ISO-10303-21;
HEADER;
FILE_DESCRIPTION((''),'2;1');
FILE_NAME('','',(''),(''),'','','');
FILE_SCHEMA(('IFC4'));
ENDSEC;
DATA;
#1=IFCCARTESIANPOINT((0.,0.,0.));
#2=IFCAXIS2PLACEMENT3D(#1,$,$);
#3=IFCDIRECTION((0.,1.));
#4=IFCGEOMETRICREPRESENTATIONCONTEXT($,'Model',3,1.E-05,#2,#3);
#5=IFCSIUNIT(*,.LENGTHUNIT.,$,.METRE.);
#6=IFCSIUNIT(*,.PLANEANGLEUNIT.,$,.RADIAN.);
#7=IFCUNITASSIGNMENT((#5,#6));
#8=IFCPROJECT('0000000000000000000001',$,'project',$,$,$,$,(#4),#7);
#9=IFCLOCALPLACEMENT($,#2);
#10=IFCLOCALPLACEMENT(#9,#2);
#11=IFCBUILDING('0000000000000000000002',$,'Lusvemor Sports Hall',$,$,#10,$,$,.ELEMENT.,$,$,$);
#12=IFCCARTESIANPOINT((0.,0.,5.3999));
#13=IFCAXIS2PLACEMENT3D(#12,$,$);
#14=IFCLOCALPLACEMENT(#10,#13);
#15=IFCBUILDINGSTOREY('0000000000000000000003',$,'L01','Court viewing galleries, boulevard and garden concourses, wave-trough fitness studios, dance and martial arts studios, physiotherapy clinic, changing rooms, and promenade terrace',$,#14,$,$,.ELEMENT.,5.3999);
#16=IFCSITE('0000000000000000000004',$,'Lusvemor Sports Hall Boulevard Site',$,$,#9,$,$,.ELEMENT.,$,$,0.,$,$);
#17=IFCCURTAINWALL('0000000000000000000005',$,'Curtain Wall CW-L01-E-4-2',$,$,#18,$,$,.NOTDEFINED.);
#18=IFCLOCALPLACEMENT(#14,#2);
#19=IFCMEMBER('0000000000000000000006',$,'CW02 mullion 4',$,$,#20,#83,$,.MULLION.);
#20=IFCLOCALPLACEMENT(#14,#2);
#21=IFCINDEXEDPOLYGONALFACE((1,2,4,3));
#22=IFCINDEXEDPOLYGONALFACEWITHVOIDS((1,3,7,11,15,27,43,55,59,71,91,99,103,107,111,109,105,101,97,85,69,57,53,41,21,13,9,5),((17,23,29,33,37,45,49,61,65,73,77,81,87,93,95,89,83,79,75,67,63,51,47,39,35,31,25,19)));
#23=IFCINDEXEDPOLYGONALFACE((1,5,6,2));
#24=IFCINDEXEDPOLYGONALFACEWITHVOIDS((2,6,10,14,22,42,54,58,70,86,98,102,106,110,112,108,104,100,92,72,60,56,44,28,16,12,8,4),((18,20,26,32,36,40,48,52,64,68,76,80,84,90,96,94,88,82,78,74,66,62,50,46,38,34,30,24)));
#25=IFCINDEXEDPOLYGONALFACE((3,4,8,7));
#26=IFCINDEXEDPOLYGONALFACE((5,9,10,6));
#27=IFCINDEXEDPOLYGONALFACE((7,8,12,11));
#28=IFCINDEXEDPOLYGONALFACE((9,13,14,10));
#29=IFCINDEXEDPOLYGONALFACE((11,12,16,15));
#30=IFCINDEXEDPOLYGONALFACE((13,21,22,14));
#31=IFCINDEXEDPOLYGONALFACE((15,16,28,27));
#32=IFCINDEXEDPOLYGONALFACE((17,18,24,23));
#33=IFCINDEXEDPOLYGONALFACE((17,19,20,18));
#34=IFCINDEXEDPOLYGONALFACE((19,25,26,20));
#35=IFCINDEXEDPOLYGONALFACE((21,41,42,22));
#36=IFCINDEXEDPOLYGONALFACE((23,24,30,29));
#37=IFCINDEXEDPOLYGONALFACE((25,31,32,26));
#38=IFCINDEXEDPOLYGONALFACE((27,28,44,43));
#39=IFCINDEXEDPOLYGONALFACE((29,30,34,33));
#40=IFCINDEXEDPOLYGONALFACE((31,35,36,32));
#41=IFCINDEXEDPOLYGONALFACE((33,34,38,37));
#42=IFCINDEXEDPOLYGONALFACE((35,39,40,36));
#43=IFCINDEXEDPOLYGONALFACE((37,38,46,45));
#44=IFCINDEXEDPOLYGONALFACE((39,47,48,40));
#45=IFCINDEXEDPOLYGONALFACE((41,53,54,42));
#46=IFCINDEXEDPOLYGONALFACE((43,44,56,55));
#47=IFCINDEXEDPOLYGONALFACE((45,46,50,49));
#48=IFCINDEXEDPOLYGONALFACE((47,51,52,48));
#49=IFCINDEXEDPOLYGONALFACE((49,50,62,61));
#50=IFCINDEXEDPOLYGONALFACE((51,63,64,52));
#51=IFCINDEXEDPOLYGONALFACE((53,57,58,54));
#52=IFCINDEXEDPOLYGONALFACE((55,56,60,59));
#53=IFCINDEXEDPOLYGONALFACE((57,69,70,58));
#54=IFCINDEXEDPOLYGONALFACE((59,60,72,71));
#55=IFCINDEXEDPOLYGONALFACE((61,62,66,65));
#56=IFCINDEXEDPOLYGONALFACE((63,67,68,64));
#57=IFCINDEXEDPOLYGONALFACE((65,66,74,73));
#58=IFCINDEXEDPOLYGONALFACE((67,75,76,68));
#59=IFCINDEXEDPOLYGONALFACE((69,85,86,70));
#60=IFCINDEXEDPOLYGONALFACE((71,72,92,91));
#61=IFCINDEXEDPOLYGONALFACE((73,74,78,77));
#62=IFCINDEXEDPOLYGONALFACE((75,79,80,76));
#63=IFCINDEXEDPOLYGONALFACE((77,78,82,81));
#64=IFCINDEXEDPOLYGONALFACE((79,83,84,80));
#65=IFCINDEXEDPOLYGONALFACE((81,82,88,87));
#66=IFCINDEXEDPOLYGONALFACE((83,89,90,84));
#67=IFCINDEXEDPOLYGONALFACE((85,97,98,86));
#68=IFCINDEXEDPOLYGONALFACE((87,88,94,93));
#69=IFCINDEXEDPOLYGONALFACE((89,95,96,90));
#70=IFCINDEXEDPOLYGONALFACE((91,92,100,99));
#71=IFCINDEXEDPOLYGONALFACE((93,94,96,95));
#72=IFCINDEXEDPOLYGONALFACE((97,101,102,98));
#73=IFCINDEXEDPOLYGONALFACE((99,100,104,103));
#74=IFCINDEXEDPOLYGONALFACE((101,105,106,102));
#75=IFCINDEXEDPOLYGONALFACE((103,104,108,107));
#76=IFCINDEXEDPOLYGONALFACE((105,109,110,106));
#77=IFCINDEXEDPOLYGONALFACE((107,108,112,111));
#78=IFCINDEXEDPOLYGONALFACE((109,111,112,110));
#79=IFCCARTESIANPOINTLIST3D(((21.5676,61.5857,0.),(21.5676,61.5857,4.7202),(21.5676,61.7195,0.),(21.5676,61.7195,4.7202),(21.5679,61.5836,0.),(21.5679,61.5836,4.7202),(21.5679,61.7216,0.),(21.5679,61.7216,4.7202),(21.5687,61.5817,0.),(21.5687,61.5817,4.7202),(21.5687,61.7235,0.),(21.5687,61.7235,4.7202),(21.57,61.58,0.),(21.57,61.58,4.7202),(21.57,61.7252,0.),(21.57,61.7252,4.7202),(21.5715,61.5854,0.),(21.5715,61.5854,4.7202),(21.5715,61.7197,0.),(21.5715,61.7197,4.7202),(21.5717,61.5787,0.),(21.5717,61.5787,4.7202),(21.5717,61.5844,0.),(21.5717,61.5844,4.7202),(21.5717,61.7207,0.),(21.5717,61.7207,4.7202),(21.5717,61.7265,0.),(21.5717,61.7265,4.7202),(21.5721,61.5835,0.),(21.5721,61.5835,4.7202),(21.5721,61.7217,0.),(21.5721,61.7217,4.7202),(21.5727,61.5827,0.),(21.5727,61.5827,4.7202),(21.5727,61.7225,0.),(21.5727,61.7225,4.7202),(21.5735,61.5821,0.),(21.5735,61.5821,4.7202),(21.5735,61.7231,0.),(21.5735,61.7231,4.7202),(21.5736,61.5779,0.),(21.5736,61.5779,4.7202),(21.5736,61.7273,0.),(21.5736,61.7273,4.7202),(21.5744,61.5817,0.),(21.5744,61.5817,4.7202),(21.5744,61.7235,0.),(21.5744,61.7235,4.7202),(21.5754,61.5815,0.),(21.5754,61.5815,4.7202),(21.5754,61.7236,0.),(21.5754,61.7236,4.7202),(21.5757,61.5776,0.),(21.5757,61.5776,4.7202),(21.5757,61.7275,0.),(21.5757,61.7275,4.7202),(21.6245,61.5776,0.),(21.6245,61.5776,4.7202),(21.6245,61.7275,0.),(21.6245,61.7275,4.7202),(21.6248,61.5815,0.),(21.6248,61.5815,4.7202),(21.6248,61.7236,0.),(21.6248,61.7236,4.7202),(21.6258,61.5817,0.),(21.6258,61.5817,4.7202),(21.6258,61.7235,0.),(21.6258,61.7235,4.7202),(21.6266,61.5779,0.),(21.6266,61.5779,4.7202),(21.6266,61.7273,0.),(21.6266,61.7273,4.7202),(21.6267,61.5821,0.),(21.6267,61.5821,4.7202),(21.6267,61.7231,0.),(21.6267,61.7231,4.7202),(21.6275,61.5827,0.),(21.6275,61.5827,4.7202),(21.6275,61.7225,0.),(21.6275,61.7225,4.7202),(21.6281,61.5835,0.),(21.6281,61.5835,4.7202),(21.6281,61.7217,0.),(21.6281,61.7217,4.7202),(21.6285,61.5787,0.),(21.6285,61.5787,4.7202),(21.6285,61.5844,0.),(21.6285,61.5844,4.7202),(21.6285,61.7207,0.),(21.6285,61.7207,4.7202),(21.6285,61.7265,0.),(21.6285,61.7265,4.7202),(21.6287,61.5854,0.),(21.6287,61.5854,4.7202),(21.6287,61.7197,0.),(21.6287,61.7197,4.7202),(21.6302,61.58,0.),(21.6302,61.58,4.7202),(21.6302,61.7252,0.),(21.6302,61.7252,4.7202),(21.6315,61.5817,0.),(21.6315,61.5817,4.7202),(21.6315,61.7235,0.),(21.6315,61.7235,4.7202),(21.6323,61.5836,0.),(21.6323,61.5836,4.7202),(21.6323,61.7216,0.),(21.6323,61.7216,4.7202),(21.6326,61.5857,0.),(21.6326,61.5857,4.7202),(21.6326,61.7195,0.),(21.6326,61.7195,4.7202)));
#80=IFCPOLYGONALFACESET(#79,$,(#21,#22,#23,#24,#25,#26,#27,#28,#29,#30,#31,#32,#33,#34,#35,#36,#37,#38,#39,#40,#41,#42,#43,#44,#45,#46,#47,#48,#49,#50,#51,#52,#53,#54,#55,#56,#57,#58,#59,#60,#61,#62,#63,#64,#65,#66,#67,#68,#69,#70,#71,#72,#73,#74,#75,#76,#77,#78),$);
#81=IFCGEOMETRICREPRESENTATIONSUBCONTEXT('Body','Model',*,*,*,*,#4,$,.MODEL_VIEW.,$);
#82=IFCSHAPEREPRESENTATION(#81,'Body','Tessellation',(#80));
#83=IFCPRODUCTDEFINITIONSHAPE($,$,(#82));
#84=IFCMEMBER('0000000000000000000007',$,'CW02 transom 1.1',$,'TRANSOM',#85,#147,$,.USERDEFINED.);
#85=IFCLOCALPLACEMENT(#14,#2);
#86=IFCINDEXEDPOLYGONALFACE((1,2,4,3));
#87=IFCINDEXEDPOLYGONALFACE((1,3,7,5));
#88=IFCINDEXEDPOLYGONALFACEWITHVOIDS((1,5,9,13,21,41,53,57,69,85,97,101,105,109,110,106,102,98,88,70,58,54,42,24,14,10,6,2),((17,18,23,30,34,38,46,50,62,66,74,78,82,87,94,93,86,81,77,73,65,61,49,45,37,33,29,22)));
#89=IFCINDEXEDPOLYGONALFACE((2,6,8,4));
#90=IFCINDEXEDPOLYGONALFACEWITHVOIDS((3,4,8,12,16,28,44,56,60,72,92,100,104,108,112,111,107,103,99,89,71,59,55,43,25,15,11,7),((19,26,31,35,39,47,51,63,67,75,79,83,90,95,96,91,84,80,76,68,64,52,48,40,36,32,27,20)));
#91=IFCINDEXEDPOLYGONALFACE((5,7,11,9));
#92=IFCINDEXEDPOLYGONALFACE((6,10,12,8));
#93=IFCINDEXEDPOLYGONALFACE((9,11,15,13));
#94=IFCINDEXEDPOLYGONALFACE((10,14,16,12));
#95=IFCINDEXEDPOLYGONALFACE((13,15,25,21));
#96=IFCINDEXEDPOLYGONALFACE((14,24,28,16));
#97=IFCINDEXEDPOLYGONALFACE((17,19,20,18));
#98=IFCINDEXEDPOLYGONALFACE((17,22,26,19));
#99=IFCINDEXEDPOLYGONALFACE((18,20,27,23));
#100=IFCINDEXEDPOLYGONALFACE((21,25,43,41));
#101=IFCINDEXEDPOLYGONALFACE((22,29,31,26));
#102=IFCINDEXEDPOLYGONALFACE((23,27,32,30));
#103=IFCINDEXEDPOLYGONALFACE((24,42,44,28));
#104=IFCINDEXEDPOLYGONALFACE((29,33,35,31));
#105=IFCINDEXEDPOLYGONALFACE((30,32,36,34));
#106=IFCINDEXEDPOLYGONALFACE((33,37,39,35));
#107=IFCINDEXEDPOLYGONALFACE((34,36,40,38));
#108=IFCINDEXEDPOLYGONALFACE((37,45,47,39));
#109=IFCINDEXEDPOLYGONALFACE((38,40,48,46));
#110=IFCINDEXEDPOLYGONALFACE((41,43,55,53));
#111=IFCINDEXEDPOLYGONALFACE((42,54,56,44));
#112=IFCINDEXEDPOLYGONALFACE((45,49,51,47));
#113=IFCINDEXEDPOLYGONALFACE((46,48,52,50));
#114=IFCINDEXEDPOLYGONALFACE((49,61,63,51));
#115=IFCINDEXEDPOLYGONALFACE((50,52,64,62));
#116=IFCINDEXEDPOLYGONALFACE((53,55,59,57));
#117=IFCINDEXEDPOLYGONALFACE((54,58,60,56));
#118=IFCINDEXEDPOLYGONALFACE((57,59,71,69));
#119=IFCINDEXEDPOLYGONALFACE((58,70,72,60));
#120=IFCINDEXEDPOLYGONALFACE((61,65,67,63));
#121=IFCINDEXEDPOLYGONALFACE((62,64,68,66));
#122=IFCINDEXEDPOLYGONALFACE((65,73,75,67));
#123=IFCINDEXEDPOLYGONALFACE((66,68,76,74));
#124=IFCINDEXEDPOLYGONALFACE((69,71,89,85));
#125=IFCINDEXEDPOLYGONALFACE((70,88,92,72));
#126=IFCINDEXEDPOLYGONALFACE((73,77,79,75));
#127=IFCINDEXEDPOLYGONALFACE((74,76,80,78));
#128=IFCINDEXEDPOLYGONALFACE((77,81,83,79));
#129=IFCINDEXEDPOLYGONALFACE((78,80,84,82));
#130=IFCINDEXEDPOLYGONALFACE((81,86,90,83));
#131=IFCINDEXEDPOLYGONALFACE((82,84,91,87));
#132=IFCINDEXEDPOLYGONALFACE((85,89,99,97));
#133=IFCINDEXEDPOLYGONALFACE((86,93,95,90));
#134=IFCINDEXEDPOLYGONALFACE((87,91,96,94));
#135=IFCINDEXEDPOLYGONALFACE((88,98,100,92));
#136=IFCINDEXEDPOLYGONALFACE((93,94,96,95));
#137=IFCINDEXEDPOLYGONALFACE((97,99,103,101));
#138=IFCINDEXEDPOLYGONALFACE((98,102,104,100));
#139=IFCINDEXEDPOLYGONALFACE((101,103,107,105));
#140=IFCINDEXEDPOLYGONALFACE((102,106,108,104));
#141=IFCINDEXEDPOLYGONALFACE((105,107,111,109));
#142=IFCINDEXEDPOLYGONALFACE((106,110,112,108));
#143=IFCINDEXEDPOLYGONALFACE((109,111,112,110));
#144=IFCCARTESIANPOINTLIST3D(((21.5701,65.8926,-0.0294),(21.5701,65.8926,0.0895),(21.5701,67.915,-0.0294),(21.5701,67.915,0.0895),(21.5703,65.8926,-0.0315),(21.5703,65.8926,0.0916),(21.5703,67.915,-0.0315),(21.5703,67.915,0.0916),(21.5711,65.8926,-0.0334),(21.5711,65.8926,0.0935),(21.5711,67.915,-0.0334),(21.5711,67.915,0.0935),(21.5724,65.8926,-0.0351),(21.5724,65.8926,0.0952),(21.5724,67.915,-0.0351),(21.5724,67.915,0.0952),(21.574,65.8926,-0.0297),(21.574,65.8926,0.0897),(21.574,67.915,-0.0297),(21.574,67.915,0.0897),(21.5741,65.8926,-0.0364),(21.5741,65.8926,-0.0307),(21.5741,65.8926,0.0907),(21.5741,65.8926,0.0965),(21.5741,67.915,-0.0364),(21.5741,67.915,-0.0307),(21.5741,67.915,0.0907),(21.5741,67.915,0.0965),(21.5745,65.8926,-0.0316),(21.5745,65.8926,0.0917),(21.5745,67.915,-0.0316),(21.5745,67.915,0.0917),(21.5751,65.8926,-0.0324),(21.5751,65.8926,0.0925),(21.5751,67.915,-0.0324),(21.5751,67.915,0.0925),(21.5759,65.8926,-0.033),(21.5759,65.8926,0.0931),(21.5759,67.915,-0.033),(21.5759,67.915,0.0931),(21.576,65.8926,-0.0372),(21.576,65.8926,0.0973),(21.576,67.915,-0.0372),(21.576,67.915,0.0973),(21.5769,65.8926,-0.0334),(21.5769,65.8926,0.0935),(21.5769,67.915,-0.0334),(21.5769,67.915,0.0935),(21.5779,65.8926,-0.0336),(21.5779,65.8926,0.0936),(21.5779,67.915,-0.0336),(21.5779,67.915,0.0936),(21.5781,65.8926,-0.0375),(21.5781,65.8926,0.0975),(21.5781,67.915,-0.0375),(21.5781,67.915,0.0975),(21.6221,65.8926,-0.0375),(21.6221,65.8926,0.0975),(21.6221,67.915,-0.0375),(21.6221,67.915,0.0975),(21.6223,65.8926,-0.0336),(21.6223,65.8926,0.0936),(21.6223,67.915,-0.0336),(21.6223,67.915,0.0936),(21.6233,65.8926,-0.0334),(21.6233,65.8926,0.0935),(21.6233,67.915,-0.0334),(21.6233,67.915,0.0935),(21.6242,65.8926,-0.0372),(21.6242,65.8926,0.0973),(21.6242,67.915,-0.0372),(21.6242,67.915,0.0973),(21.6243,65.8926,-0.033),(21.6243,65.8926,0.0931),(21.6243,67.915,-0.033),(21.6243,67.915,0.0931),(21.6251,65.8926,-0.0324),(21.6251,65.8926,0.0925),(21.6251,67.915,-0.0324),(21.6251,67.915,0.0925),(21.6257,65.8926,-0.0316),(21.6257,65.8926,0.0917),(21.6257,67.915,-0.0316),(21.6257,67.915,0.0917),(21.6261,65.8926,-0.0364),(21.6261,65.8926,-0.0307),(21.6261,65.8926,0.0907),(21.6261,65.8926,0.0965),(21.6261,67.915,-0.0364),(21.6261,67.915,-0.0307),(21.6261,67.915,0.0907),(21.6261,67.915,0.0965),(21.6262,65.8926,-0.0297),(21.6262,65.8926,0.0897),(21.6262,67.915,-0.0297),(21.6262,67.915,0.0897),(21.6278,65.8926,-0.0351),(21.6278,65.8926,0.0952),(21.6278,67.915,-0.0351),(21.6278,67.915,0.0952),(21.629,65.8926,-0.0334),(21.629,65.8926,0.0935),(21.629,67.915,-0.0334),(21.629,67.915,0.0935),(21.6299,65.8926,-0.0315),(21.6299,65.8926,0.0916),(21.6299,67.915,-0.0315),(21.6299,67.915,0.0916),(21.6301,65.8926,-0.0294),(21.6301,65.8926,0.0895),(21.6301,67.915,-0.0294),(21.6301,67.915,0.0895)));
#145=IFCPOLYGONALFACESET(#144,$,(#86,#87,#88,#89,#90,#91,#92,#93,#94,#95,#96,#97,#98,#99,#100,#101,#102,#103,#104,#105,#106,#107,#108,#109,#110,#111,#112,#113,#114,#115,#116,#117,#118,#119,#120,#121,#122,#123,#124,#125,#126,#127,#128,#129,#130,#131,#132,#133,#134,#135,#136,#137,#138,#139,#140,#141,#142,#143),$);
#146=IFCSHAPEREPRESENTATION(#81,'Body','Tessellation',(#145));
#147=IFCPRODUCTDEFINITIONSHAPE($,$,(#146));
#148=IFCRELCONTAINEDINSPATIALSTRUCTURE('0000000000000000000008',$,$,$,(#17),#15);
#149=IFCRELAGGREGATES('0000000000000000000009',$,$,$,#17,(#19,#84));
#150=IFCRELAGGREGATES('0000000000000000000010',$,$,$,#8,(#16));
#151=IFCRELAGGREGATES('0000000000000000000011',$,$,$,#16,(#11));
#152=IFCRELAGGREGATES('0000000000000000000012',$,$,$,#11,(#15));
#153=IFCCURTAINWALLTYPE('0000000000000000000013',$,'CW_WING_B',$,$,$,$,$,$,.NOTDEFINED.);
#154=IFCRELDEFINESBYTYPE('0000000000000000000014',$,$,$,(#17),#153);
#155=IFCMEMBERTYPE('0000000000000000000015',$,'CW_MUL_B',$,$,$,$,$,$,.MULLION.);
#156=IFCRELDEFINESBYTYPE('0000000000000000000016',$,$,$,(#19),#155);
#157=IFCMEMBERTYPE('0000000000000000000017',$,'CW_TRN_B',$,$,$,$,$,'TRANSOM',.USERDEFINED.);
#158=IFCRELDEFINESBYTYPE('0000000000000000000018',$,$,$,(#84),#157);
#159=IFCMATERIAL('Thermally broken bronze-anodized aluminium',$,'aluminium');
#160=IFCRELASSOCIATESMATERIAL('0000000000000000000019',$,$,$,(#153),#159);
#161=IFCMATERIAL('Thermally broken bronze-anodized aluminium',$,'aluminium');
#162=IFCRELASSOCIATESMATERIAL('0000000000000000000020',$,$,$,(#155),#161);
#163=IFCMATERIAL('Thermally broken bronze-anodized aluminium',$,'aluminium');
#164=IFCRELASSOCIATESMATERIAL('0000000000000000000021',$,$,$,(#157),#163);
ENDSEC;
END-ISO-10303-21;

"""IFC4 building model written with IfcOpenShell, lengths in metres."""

from ifc_helpers import new_model, si_unit, direction, frame, origin, origin_2d, place, context, subcontext, project, spatial, hollow_rectangle, extrude, material, material_profile, profile_set, type_object, element, aggregate, save


model = new_model("IFC4")

# Units and contexts
model_context = context("Model", 3, precision=1e-05, world=origin(), true_north=direction((0.0, 1.0)))
body_context = subcontext(model_context, "Body", "Model", "MODEL_VIEW")
ifc_project = project(units=[si_unit("LENGTHUNIT", "METRE"), si_unit("PLANEANGLEUNIT", "RADIAN")], contexts=[model_context])

# Site, building, storey
site_placement = place(None, origin())
site = spatial("IfcSite", under=ifc_project, at=site_placement, Name="Lusvemor Sports Hall Boulevard Site", CompositionType="ELEMENT", RefElevation=0.0)
building_placement = place(site_placement, origin())
building = spatial("IfcBuilding", under=site, at=building_placement, Name="Lusvemor Sports Hall", CompositionType="ELEMENT")
storey_placement = place(building_placement, frame((0.0, 0.0, 5.3999)))
storey = spatial("IfcBuildingStorey", under=building, at=storey_placement, Name="L01", Description="Court viewing galleries, boulevard and garden concourses, wave-trough fitness studios, dance and martial arts studios, physiotherapy clinic, changing rooms, and promenade terrace", CompositionType="ELEMENT", Elevation=5.3999)

# Curtain wall, members
ifc_material_1 = material(Name="Thermally broken bronze-anodized aluminium", Category="aluminium")
curtain_wall_type = type_object("IfcCurtainWallType", Name="CW_WING_B", PredefinedType="NOTDEFINED", material=ifc_material_1)
curtain_wall_placement = place(storey_placement, origin())
curtain_wall = element("IfcCurtainWall", 1, at=curtain_wall_placement, inside=storey, type_object=curtain_wall_type, Name="Curtain Wall CW-L01-E-4-2", PredefinedType="NOTDEFINED")
ifc_material_2 = material(Name="Thermally broken bronze-anodized aluminium", Category="aluminium")
ifc_material_profile_1 = material_profile(ifc_material_2, hollow_rectangle(XDim=0.0649, YDim=0.1499, WallThickness=0.0039, InnerFilletRadius=0.0039, OuterFilletRadius=0.0081, at=origin_2d()), Name="CWMUL150x65x4")
ifc_profile_set_1 = profile_set([ifc_material_profile_1], Name="Thermally broken bronze-anodized aluminium")
member_type_1 = type_object("IfcMemberType", Name="CW_MUL_B", PredefinedType="MULLION", material=ifc_profile_set_1)
member_1_placement = place(storey_placement, frame((21.6001, 61.6526, 0.0), z_axis=(0.0, 0.0, 1.0), x_axis=(1.0, 0.0, 0.0)))
member_1 = element("IfcMember", 2, at=member_1_placement, type_object=member_type_1, Name="CW02 mullion 4", PredefinedType="MULLION", context=body_context, shape_type="SweptSolid", body=[
    extrude(hollow_rectangle(XDim=0.0649, YDim=0.1499, WallThickness=0.0039, InnerFilletRadius=0.0039, OuterFilletRadius=0.0081, at=origin_2d()), origin(), (0.0, 0.0, 1.0), 4.7202),
])
ifc_material_3 = material(Name="Thermally broken bronze-anodized aluminium", Category="aluminium")
ifc_material_profile_2 = material_profile(ifc_material_3, hollow_rectangle(XDim=0.0601, YDim=0.135, WallThickness=0.0039, InnerFilletRadius=0.0039, OuterFilletRadius=0.0081, at=origin_2d()), Name="CWTRN135x60x4")
ifc_profile_set_2 = profile_set([ifc_material_profile_2], Name="Thermally broken bronze-anodized aluminium")
member_type_2 = type_object("IfcMemberType", Name="CW_TRN_B", ElementType="TRANSOM", PredefinedType="USERDEFINED", material=ifc_profile_set_2)
member_2_placement = place(storey_placement, frame((21.6001, 67.915, 0.03), z_axis=(0.0, -1.0, 0.0), x_axis=(1.0, 0.0, 0.0)))
member_2 = element("IfcMember", 3, at=member_2_placement, type_object=member_type_2, Name="CW02 transom 1.1", ObjectType="TRANSOM", PredefinedType="USERDEFINED", context=body_context, shape_type="SweptSolid", body=[
    extrude(hollow_rectangle(XDim=0.0601, YDim=0.135, WallThickness=0.0039, InnerFilletRadius=0.0039, OuterFilletRadius=0.0081, at=origin_2d()), origin(), (0.0, 0.0, 1.0), 2.0225),
])

aggregate(curtain_wall, [member_1, member_2])

save(model, "model.ifc")
